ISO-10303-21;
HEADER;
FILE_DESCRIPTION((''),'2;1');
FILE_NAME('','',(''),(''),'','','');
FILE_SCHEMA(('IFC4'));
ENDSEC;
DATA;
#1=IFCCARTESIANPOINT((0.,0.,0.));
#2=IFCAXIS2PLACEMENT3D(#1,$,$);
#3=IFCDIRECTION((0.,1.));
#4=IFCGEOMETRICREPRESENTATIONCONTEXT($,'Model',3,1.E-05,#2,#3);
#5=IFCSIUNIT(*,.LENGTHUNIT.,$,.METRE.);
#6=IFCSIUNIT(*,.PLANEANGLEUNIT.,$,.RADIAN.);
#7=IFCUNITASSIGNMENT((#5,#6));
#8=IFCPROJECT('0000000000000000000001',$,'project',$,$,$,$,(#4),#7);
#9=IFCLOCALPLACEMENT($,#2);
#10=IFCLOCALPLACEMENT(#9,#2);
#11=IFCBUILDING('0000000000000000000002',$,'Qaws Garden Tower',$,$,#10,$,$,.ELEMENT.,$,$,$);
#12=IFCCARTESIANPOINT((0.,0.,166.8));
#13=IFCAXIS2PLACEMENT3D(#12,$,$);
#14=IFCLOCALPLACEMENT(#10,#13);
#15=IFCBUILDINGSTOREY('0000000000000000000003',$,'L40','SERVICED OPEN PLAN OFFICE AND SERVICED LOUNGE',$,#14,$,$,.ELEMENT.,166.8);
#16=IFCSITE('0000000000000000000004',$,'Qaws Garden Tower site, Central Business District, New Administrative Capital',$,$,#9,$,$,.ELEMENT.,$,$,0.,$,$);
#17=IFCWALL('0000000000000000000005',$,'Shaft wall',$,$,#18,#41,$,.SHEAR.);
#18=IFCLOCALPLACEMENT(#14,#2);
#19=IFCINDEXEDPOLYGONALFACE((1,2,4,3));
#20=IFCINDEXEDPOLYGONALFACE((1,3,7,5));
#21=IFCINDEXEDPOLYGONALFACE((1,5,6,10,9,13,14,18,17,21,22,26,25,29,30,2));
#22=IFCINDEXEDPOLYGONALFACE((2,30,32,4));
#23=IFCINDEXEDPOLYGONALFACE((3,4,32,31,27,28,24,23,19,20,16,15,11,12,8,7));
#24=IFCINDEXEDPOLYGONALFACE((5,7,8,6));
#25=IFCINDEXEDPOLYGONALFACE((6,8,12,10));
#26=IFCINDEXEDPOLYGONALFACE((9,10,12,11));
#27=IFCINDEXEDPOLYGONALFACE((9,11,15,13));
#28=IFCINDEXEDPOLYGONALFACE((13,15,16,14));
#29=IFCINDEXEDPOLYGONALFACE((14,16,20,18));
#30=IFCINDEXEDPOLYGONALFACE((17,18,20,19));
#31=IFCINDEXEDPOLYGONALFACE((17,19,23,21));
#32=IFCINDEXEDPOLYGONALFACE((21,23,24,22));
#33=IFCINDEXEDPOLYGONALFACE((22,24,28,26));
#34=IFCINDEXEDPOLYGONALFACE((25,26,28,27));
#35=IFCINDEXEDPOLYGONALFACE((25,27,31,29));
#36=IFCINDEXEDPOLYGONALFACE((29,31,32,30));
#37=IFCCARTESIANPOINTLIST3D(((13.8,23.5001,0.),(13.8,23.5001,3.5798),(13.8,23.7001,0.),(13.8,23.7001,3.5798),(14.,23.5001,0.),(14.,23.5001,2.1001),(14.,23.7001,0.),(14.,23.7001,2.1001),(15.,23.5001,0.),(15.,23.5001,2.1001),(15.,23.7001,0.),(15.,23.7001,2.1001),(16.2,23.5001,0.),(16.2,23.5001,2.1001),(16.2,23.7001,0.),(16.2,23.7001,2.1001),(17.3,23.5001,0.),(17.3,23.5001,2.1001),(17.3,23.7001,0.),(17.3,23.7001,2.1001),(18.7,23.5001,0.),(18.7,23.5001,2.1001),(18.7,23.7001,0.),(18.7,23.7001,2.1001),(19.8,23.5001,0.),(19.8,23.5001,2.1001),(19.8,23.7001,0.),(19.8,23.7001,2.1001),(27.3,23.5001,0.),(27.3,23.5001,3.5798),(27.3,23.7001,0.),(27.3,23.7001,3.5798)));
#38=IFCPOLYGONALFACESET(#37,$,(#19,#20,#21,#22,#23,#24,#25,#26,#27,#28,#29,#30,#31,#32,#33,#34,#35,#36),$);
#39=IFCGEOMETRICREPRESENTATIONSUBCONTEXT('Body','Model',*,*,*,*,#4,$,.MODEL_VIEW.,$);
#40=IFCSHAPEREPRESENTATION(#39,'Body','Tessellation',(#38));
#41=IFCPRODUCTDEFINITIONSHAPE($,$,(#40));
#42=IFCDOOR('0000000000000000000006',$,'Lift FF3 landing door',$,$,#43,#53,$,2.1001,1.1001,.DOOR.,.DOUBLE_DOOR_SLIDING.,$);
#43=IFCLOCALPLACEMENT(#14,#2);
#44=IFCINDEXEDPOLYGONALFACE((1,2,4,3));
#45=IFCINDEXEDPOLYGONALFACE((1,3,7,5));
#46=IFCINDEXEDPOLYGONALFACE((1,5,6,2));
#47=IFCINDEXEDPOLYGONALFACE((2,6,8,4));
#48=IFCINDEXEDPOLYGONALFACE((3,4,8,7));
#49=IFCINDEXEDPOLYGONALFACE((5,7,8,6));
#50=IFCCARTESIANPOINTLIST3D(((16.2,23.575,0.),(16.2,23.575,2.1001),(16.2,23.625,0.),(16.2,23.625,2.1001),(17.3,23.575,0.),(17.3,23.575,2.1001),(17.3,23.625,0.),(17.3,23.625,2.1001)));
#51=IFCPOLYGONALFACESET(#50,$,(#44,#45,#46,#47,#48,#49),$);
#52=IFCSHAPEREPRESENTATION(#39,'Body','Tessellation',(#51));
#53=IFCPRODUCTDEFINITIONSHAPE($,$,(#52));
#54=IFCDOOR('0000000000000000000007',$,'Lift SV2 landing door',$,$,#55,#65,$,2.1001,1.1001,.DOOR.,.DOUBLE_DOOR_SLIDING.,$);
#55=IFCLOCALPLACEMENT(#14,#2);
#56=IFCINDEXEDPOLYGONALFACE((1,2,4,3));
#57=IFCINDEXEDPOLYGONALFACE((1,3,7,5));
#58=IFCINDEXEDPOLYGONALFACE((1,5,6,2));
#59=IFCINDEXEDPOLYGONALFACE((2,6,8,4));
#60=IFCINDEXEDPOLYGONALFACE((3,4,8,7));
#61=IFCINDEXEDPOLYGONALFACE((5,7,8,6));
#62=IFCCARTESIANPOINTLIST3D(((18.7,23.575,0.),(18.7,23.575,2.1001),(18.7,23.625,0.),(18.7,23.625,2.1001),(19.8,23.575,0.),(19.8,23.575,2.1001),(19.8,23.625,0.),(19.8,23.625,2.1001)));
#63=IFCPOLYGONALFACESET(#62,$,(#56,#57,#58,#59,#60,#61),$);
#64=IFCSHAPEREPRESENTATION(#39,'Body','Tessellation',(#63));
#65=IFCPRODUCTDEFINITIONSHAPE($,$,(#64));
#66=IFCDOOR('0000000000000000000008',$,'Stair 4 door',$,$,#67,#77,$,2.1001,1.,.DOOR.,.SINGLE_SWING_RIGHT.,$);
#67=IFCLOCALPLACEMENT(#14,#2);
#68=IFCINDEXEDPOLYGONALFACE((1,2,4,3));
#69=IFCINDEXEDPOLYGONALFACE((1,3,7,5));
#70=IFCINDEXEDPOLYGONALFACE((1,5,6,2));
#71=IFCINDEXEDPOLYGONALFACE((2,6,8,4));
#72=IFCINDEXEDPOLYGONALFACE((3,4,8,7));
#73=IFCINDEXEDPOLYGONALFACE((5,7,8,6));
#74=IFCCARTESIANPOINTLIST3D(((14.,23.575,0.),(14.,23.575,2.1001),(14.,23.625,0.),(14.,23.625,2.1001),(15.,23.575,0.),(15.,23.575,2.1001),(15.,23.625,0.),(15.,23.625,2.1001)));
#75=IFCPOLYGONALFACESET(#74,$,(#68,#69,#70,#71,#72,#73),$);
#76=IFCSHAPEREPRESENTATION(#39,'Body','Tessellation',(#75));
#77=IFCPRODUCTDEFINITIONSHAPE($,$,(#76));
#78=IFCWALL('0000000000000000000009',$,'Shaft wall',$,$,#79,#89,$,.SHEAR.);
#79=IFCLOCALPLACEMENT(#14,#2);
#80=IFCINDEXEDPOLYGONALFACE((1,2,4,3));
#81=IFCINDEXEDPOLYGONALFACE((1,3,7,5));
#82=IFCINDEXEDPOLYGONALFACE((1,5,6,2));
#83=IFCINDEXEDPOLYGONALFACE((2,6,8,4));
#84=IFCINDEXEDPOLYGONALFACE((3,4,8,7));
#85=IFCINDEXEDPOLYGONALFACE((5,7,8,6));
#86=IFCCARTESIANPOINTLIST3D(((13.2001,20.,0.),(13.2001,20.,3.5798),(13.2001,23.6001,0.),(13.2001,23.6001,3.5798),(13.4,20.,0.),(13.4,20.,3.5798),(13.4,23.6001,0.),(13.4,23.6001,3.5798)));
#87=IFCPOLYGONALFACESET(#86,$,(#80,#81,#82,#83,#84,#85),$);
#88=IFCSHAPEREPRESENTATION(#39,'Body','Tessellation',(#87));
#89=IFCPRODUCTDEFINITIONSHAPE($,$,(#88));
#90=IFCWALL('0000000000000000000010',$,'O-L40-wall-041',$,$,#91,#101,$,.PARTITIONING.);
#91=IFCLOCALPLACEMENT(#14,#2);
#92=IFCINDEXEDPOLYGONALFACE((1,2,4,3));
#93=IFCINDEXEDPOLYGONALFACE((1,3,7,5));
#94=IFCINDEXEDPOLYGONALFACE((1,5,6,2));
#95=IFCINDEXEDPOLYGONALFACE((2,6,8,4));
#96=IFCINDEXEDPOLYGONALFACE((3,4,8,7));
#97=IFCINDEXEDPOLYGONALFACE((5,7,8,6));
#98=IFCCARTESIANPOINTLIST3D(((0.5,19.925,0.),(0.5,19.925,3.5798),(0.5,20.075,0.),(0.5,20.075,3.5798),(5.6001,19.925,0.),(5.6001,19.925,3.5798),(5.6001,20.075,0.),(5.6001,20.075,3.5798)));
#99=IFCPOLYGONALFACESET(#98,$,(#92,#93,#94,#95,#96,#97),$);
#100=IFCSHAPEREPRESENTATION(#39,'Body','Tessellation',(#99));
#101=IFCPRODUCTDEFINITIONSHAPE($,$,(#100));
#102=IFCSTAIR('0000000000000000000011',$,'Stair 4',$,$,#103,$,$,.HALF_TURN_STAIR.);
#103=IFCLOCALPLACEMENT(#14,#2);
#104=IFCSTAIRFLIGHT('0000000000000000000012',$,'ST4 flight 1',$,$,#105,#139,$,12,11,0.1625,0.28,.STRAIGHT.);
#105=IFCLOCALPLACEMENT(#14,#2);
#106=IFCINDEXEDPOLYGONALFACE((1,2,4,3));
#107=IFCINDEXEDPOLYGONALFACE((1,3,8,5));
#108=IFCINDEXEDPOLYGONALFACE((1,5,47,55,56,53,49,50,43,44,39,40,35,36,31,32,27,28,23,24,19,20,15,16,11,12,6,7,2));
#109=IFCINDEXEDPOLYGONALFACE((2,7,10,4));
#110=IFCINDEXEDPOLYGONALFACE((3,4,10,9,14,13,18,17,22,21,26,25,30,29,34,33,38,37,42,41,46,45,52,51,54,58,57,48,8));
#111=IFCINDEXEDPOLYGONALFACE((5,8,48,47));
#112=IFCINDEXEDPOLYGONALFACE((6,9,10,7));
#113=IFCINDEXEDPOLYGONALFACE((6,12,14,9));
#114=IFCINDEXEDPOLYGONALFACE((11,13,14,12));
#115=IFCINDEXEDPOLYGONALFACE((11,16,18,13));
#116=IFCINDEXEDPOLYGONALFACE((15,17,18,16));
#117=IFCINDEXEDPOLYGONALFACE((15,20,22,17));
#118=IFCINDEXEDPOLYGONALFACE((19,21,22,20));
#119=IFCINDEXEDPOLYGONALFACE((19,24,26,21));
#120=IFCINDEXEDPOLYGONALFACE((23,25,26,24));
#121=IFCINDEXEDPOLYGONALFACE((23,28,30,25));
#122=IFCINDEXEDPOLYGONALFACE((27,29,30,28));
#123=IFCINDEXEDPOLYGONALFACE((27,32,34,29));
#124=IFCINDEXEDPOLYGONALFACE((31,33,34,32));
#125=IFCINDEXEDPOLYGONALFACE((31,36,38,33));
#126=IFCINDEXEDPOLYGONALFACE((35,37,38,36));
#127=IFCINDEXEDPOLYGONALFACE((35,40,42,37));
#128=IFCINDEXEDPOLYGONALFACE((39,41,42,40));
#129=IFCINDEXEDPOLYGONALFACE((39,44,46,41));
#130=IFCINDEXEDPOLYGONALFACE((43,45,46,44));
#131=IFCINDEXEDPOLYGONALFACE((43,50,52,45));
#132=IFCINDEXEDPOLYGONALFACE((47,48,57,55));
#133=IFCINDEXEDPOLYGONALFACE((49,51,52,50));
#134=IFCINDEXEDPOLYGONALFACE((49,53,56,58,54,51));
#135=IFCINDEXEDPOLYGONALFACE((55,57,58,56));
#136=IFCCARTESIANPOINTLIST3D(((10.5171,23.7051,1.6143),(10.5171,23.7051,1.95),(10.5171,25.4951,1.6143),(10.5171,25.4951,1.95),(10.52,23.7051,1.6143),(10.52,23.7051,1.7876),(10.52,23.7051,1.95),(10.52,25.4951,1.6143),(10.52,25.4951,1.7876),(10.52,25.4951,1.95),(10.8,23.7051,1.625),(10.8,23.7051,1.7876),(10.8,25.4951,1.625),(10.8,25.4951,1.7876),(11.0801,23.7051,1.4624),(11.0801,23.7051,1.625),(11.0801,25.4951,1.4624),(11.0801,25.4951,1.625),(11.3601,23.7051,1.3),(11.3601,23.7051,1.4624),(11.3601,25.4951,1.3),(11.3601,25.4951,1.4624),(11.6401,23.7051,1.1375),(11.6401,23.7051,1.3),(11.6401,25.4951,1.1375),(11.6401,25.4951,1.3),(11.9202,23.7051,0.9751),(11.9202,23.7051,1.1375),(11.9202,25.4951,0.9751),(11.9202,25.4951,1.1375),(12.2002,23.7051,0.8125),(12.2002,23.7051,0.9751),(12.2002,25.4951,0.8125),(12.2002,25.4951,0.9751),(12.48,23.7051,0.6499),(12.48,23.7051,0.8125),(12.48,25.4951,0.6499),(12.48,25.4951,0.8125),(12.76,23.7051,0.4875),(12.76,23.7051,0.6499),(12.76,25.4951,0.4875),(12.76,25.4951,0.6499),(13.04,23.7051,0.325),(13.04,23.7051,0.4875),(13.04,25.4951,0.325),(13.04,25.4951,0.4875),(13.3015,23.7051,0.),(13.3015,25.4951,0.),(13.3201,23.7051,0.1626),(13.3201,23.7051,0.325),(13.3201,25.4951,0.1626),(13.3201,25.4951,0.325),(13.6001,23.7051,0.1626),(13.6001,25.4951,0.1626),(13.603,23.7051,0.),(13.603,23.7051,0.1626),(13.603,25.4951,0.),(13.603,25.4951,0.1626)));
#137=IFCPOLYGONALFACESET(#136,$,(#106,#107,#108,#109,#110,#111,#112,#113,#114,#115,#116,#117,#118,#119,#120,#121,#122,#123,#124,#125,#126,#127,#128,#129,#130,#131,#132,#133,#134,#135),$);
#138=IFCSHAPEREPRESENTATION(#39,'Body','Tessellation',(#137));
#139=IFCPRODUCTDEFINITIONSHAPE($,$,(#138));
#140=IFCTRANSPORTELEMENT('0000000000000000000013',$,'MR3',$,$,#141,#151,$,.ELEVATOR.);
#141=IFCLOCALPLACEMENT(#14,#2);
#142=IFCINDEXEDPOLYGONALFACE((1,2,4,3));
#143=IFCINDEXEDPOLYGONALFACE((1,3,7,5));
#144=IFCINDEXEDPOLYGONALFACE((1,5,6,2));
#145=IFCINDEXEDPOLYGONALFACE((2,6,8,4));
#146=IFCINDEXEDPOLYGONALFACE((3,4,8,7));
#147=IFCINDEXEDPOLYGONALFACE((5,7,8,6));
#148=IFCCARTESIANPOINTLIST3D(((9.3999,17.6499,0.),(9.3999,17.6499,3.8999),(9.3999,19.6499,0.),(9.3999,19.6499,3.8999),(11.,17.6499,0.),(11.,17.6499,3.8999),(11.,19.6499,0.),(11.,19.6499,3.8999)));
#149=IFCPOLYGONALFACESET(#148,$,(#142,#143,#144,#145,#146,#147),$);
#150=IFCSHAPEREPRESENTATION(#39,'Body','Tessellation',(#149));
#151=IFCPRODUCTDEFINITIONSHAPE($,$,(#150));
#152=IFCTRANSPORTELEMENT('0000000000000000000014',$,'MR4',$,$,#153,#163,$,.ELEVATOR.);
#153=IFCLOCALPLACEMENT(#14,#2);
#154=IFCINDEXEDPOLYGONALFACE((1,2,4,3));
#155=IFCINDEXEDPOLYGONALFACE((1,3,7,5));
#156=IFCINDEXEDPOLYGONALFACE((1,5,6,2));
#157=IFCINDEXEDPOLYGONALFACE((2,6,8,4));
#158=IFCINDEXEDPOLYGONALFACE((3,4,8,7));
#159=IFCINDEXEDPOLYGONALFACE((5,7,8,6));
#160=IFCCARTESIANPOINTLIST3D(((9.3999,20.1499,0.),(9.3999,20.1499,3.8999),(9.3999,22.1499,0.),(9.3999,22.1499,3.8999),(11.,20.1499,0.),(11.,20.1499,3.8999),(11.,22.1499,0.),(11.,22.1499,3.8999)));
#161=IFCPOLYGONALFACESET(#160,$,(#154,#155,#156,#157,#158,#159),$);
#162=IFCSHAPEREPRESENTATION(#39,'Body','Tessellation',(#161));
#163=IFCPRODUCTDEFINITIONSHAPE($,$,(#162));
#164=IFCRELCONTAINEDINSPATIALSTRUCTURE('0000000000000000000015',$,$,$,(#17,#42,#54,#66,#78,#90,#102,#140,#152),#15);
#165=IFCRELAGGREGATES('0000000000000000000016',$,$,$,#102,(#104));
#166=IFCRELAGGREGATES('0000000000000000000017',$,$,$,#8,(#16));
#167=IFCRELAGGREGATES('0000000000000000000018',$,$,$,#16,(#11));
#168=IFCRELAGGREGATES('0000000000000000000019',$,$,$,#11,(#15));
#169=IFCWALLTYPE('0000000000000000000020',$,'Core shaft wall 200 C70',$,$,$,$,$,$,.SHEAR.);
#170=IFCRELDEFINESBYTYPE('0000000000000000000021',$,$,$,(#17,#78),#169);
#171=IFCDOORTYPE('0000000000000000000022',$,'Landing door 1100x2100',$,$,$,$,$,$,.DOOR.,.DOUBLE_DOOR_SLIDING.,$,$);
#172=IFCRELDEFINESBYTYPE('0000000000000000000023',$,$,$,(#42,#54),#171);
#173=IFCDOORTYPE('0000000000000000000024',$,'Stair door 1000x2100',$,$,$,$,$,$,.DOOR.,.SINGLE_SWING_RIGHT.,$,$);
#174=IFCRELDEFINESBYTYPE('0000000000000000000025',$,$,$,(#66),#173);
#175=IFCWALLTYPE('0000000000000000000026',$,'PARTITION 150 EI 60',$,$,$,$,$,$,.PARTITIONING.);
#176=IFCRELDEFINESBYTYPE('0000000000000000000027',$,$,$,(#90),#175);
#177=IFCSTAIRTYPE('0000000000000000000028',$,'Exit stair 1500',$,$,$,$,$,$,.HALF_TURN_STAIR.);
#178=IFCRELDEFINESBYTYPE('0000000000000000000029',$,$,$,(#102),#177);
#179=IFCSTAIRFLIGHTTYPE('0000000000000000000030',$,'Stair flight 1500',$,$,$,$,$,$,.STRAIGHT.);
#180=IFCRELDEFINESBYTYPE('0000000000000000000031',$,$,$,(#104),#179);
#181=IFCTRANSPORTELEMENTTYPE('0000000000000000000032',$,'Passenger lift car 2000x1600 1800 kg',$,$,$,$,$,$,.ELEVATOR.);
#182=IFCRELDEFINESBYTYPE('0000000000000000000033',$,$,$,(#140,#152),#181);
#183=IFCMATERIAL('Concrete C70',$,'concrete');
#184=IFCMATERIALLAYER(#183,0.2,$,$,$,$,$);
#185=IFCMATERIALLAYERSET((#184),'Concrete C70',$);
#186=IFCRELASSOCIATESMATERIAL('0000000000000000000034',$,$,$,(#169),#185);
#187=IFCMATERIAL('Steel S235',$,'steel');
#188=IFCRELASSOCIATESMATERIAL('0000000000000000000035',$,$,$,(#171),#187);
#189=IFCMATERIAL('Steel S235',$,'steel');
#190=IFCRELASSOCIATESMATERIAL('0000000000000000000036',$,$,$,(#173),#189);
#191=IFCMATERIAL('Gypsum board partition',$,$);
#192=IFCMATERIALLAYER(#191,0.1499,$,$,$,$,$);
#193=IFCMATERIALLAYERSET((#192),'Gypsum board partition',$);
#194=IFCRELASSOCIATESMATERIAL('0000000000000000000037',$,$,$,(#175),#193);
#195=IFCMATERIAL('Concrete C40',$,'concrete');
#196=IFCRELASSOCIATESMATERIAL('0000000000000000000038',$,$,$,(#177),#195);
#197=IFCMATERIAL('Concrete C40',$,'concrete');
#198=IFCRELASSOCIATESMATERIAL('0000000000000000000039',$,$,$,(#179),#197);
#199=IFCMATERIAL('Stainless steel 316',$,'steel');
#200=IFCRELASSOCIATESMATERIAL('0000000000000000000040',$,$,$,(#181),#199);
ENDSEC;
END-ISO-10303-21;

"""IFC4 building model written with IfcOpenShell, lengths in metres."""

from ifc_helpers import new_model, si_unit, direction, frame, frame_2d, origin, origin_2d, place, context, subcontext, project, spatial, polyline, rectangle, outline, extrude, material, layer, layer_set, type_object, element, fill, aggregate, save


model = new_model("IFC4")

# Units and contexts
model_context = context("Model", 3, precision=1e-05, world=origin(), true_north=direction((0.0, 1.0)))
body_context = subcontext(model_context, "Body", "Model", "MODEL_VIEW")
ifc_project = project(units=[si_unit("LENGTHUNIT", "METRE"), si_unit("PLANEANGLEUNIT", "RADIAN")], contexts=[model_context])

# Site, building, storey
site_placement = place(None, origin())
site = spatial("IfcSite", under=ifc_project, at=site_placement, Name="Qaws Garden Tower site, Central Business District, New Administrative Capital", CompositionType="ELEMENT", RefElevation=0.0)
building_placement = place(site_placement, origin())
building = spatial("IfcBuilding", under=site, at=building_placement, Name="Qaws Garden Tower", CompositionType="ELEMENT")
storey_placement = place(building_placement, frame((0.0, 0.0, 166.8)))
storey = spatial("IfcBuildingStorey", under=building, at=storey_placement, Name="L40", Description="SERVICED OPEN PLAN OFFICE AND SERVICED LOUNGE", CompositionType="ELEMENT", Elevation=166.8)

# Shared definitions
ifc_material_1 = material(Name="Concrete C70", Category="concrete")
ifc_layer_1 = layer(ifc_material_1, 0.2)
ifc_layer_set_1 = layer_set([ifc_layer_1], Name="Concrete C70")
wall_type_1 = type_object("IfcWallType", Name="Core shaft wall 200 C70", PredefinedType="SHEAR", material=ifc_layer_set_1)

# Wall, openings, doors
wall_1_placement = place(storey_placement, frame((13.8, 23.6001, 0.0), z_axis=(0.0, 0.0, 1.0), x_axis=(1.0, 0.0, 0.0)))
wall_1 = element("IfcWall", 1, at=wall_1_placement, inside=storey, type_object=wall_type_1, Name="Shaft wall", PredefinedType="SHEAR", context=body_context, shape_type="SweptSolid", body=[
    extrude(rectangle(XDim=13.5, YDim=0.2, at=frame_2d((6.75, 0.0))), origin(), (0.0, 0.0, 1.0), 3.5798),
])
opening_1_placement = place(wall_1_placement, frame((2.3999, 0.0, 0.0)))
opening_1 = element("IfcOpeningElement", 2, at=opening_1_placement, cuts=wall_1, PredefinedType="OPENING", context=body_context, shape_type="SweptSolid", body=[
    extrude(rectangle(XDim=1.1001, YDim=2.1001, at=frame_2d((0.55, 1.05))), frame((0.0, 0.1099, 0.0), z_axis=(0.0, -1.0, 0.0), x_axis=(1.0, 0.0, 0.0)), (0.0, 0.0, 1.0), 0.22),
])
opening_2_placement = place(wall_1_placement, frame((4.8999, 0.0, 0.0)))
opening_2 = element("IfcOpeningElement", 3, at=opening_2_placement, cuts=wall_1, PredefinedType="OPENING", context=body_context, shape_type="SweptSolid", body=[
    extrude(rectangle(XDim=1.1001, YDim=2.1001, at=frame_2d((0.55, 1.05))), frame((0.0, 0.1099, 0.0), z_axis=(0.0, -1.0, 0.0), x_axis=(1.0, 0.0, 0.0)), (0.0, 0.0, 1.0), 0.22),
])
opening_3_placement = place(wall_1_placement, frame((0.2, 0.0, 0.0)))
opening_3 = element("IfcOpeningElement", 4, at=opening_3_placement, cuts=wall_1, PredefinedType="OPENING", context=body_context, shape_type="SweptSolid", body=[
    extrude(rectangle(XDim=1.0, YDim=2.1001, at=frame_2d((0.5, 1.05))), frame((0.0, 0.1099, 0.0), z_axis=(0.0, -1.0, 0.0), x_axis=(1.0, 0.0, 0.0)), (0.0, 0.0, 1.0), 0.22),
])
ifc_material_2 = material(Name="Steel S235", Category="steel")
door_type_1 = type_object("IfcDoorType", Name="Landing door 1100x2100", OperationType="DOUBLE_DOOR_SLIDING", PredefinedType="DOOR", material=ifc_material_2)
door_1_placement = place(opening_1_placement, origin())
door_1 = element("IfcDoor", 5, at=door_1_placement, inside=storey, type_object=door_type_1, Name="Lift FF3 landing door", OperationType="DOUBLE_DOOR_SLIDING", OverallHeight=2.1001, OverallWidth=1.1001, PredefinedType="DOOR", context=body_context, shape_type="SweptSolid", body=[
    extrude(rectangle(XDim=1.1001, YDim=2.1001, at=frame_2d((0.55, 1.05))), frame((0.0, 0.0249, 0.0), z_axis=(0.0, -1.0, 0.0), x_axis=(1.0, 0.0, 0.0)), (0.0, 0.0, 1.0), 0.05),
])
fill(opening_1, door_1)
door_2_placement = place(opening_2_placement, origin())
door_2 = element("IfcDoor", 6, at=door_2_placement, inside=storey, type_object=door_type_1, Name="Lift SV2 landing door", OperationType="DOUBLE_DOOR_SLIDING", OverallHeight=2.1001, OverallWidth=1.1001, PredefinedType="DOOR", context=body_context, shape_type="SweptSolid", body=[
    extrude(rectangle(XDim=1.1001, YDim=2.1001, at=frame_2d((0.55, 1.05))), frame((0.0, 0.0249, 0.0), z_axis=(0.0, -1.0, 0.0), x_axis=(1.0, 0.0, 0.0)), (0.0, 0.0, 1.0), 0.05),
])
fill(opening_2, door_2)
ifc_material_3 = material(Name="Steel S235", Category="steel")
door_type_2 = type_object("IfcDoorType", Name="Stair door 1000x2100", OperationType="SINGLE_SWING_RIGHT", PredefinedType="DOOR", material=ifc_material_3)
door_3_placement = place(opening_3_placement, origin())
door_3 = element("IfcDoor", 7, at=door_3_placement, inside=storey, type_object=door_type_2, Name="Stair 4 door", OperationType="SINGLE_SWING_RIGHT", OverallHeight=2.1001, OverallWidth=1.0, PredefinedType="DOOR", context=body_context, shape_type="SweptSolid", body=[
    extrude(rectangle(XDim=1.0, YDim=2.1001, at=frame_2d((0.5, 1.05))), frame((0.0, 0.0249, 0.0), z_axis=(0.0, -1.0, 0.0), x_axis=(1.0, 0.0, 0.0)), (0.0, 0.0, 1.0), 0.05),
])
fill(opening_3, door_3)

# Walls
wall_2_placement = place(storey_placement, frame((13.3, 20.0, 0.0), z_axis=(0.0, 0.0, 1.0), x_axis=(0.0, 1.0, 0.0)))
element("IfcWall", 8, at=wall_2_placement, inside=storey, type_object=wall_type_1, Name="Shaft wall", PredefinedType="SHEAR", context=body_context, shape_type="SweptSolid", body=[
    extrude(rectangle(XDim=3.6001, YDim=0.2, at=frame_2d((1.8, 0.0))), origin(), (0.0, 0.0, 1.0), 3.5798),
])
ifc_material_4 = material(Name="Gypsum board partition")
ifc_layer_2 = layer(ifc_material_4, 0.1499)
ifc_layer_set_2 = layer_set([ifc_layer_2], Name="Gypsum board partition")
wall_type_2 = type_object("IfcWallType", Name="PARTITION 150 EI 60", PredefinedType="PARTITIONING", material=ifc_layer_set_2)
wall_3_placement = place(storey_placement, frame((0.5, 20.0, 0.0), z_axis=(0.0, 0.0, 1.0), x_axis=(1.0, 0.0, 0.0)))
element("IfcWall", 9, at=wall_3_placement, inside=storey, type_object=wall_type_2, Name="O-L40-wall-041", PredefinedType="PARTITIONING", context=body_context, shape_type="SweptSolid", body=[
    extrude(rectangle(XDim=5.1001, YDim=0.1499, at=frame_2d((2.55, 0.0))), origin(), (0.0, 0.0, 1.0), 3.5798),
])

# Stair, stair flight
ifc_material_5 = material(Name="Concrete C40", Category="concrete")
stair_type = type_object("IfcStairType", Name="Exit stair 1500", PredefinedType="HALF_TURN_STAIR", material=ifc_material_5)
stair_placement = place(storey_placement, origin())
stair = element("IfcStair", 10, at=stair_placement, inside=storey, type_object=stair_type, Name="Stair 4", PredefinedType="HALF_TURN_STAIR")
ifc_material_6 = material(Name="Concrete C40", Category="concrete")
stair_flight_type = type_object("IfcStairFlightType", Name="Stair flight 1500", PredefinedType="STRAIGHT", material=ifc_material_6)
stair_flight_placement = place(storey_placement, frame((13.6001, 24.6001, 0.0), z_axis=(0.0, 0.0, 1.0), x_axis=(-1.0, 0.0, 0.0)))
stair_flight = element("IfcStairFlight", 11, at=stair_flight_placement, type_object=stair_flight_type, Name="ST4 flight 1", NumberOfRisers=12, NumberOfTreads=11, PredefinedType="STRAIGHT", RiserHeight=0.1625, TreadLength=0.28, context=body_context, shape_type="SweptSolid", body=[
    extrude(outline(polyline([(-0.0029, 0.0), (-0.0029, 0.1626), (0.0, 0.1626), (0.28, 0.1626), (0.28, 0.325), (0.5601, 0.325), (0.5601, 0.4875), (0.8401, 0.4875), (0.8401, 0.6499), (1.1201, 0.6499), (1.1201, 0.8125), (1.3999, 0.8125), (1.3999, 0.9751), (1.6799, 0.9751), (1.6799, 1.1375), (1.96, 1.1375), (1.96, 1.3), (2.24, 1.3), (2.24, 1.4624), (2.52, 1.4624), (2.52, 1.625), (2.8, 1.625), (2.8, 1.7876), (3.0801, 1.7876), (3.0801, 1.95), (3.083, 1.95), (3.083, 1.6143), (3.0801, 1.6143), (0.2986, 0.0), (-0.0029, 0.0)])), frame((0.0, 0.895, 0.0), z_axis=(0.0, -1.0, 0.0), x_axis=(1.0, 0.0, 0.0)), (0.0, 0.0, 1.0), 1.79),
])
aggregate(stair, [stair_flight])

# Transport elements
ifc_material_7 = material(Name="Stainless steel 316", Category="steel")
transport_element_type = type_object("IfcTransportElementType", Name="Passenger lift car 2000x1600 1800 kg", PredefinedType="ELEVATOR", material=ifc_material_7)
for number, where, z_axis, x_axis, name in (
    (12, (10.2, 18.6499, 0.0), (0.0, 0.0, 1.0), (1.0, 0.0, 0.0), "MR3"),
    (13, (10.2, 21.1499, 0.0), (0.0, 0.0, 1.0), (1.0, 0.0, 0.0), "MR4"),
):
    element("IfcTransportElement", number, at=place(storey_placement, frame(where, z_axis=z_axis, x_axis=x_axis)), inside=storey, type_object=transport_element_type, Name=name, PredefinedType="ELEVATOR", context=body_context, shape_type="SweptSolid", body=[
        extrude(rectangle(XDim=1.6001, YDim=2.0, at=origin_2d()), origin(), (0.0, 0.0, 1.0), 3.8999),
    ])

save(model, "model.ifc")
